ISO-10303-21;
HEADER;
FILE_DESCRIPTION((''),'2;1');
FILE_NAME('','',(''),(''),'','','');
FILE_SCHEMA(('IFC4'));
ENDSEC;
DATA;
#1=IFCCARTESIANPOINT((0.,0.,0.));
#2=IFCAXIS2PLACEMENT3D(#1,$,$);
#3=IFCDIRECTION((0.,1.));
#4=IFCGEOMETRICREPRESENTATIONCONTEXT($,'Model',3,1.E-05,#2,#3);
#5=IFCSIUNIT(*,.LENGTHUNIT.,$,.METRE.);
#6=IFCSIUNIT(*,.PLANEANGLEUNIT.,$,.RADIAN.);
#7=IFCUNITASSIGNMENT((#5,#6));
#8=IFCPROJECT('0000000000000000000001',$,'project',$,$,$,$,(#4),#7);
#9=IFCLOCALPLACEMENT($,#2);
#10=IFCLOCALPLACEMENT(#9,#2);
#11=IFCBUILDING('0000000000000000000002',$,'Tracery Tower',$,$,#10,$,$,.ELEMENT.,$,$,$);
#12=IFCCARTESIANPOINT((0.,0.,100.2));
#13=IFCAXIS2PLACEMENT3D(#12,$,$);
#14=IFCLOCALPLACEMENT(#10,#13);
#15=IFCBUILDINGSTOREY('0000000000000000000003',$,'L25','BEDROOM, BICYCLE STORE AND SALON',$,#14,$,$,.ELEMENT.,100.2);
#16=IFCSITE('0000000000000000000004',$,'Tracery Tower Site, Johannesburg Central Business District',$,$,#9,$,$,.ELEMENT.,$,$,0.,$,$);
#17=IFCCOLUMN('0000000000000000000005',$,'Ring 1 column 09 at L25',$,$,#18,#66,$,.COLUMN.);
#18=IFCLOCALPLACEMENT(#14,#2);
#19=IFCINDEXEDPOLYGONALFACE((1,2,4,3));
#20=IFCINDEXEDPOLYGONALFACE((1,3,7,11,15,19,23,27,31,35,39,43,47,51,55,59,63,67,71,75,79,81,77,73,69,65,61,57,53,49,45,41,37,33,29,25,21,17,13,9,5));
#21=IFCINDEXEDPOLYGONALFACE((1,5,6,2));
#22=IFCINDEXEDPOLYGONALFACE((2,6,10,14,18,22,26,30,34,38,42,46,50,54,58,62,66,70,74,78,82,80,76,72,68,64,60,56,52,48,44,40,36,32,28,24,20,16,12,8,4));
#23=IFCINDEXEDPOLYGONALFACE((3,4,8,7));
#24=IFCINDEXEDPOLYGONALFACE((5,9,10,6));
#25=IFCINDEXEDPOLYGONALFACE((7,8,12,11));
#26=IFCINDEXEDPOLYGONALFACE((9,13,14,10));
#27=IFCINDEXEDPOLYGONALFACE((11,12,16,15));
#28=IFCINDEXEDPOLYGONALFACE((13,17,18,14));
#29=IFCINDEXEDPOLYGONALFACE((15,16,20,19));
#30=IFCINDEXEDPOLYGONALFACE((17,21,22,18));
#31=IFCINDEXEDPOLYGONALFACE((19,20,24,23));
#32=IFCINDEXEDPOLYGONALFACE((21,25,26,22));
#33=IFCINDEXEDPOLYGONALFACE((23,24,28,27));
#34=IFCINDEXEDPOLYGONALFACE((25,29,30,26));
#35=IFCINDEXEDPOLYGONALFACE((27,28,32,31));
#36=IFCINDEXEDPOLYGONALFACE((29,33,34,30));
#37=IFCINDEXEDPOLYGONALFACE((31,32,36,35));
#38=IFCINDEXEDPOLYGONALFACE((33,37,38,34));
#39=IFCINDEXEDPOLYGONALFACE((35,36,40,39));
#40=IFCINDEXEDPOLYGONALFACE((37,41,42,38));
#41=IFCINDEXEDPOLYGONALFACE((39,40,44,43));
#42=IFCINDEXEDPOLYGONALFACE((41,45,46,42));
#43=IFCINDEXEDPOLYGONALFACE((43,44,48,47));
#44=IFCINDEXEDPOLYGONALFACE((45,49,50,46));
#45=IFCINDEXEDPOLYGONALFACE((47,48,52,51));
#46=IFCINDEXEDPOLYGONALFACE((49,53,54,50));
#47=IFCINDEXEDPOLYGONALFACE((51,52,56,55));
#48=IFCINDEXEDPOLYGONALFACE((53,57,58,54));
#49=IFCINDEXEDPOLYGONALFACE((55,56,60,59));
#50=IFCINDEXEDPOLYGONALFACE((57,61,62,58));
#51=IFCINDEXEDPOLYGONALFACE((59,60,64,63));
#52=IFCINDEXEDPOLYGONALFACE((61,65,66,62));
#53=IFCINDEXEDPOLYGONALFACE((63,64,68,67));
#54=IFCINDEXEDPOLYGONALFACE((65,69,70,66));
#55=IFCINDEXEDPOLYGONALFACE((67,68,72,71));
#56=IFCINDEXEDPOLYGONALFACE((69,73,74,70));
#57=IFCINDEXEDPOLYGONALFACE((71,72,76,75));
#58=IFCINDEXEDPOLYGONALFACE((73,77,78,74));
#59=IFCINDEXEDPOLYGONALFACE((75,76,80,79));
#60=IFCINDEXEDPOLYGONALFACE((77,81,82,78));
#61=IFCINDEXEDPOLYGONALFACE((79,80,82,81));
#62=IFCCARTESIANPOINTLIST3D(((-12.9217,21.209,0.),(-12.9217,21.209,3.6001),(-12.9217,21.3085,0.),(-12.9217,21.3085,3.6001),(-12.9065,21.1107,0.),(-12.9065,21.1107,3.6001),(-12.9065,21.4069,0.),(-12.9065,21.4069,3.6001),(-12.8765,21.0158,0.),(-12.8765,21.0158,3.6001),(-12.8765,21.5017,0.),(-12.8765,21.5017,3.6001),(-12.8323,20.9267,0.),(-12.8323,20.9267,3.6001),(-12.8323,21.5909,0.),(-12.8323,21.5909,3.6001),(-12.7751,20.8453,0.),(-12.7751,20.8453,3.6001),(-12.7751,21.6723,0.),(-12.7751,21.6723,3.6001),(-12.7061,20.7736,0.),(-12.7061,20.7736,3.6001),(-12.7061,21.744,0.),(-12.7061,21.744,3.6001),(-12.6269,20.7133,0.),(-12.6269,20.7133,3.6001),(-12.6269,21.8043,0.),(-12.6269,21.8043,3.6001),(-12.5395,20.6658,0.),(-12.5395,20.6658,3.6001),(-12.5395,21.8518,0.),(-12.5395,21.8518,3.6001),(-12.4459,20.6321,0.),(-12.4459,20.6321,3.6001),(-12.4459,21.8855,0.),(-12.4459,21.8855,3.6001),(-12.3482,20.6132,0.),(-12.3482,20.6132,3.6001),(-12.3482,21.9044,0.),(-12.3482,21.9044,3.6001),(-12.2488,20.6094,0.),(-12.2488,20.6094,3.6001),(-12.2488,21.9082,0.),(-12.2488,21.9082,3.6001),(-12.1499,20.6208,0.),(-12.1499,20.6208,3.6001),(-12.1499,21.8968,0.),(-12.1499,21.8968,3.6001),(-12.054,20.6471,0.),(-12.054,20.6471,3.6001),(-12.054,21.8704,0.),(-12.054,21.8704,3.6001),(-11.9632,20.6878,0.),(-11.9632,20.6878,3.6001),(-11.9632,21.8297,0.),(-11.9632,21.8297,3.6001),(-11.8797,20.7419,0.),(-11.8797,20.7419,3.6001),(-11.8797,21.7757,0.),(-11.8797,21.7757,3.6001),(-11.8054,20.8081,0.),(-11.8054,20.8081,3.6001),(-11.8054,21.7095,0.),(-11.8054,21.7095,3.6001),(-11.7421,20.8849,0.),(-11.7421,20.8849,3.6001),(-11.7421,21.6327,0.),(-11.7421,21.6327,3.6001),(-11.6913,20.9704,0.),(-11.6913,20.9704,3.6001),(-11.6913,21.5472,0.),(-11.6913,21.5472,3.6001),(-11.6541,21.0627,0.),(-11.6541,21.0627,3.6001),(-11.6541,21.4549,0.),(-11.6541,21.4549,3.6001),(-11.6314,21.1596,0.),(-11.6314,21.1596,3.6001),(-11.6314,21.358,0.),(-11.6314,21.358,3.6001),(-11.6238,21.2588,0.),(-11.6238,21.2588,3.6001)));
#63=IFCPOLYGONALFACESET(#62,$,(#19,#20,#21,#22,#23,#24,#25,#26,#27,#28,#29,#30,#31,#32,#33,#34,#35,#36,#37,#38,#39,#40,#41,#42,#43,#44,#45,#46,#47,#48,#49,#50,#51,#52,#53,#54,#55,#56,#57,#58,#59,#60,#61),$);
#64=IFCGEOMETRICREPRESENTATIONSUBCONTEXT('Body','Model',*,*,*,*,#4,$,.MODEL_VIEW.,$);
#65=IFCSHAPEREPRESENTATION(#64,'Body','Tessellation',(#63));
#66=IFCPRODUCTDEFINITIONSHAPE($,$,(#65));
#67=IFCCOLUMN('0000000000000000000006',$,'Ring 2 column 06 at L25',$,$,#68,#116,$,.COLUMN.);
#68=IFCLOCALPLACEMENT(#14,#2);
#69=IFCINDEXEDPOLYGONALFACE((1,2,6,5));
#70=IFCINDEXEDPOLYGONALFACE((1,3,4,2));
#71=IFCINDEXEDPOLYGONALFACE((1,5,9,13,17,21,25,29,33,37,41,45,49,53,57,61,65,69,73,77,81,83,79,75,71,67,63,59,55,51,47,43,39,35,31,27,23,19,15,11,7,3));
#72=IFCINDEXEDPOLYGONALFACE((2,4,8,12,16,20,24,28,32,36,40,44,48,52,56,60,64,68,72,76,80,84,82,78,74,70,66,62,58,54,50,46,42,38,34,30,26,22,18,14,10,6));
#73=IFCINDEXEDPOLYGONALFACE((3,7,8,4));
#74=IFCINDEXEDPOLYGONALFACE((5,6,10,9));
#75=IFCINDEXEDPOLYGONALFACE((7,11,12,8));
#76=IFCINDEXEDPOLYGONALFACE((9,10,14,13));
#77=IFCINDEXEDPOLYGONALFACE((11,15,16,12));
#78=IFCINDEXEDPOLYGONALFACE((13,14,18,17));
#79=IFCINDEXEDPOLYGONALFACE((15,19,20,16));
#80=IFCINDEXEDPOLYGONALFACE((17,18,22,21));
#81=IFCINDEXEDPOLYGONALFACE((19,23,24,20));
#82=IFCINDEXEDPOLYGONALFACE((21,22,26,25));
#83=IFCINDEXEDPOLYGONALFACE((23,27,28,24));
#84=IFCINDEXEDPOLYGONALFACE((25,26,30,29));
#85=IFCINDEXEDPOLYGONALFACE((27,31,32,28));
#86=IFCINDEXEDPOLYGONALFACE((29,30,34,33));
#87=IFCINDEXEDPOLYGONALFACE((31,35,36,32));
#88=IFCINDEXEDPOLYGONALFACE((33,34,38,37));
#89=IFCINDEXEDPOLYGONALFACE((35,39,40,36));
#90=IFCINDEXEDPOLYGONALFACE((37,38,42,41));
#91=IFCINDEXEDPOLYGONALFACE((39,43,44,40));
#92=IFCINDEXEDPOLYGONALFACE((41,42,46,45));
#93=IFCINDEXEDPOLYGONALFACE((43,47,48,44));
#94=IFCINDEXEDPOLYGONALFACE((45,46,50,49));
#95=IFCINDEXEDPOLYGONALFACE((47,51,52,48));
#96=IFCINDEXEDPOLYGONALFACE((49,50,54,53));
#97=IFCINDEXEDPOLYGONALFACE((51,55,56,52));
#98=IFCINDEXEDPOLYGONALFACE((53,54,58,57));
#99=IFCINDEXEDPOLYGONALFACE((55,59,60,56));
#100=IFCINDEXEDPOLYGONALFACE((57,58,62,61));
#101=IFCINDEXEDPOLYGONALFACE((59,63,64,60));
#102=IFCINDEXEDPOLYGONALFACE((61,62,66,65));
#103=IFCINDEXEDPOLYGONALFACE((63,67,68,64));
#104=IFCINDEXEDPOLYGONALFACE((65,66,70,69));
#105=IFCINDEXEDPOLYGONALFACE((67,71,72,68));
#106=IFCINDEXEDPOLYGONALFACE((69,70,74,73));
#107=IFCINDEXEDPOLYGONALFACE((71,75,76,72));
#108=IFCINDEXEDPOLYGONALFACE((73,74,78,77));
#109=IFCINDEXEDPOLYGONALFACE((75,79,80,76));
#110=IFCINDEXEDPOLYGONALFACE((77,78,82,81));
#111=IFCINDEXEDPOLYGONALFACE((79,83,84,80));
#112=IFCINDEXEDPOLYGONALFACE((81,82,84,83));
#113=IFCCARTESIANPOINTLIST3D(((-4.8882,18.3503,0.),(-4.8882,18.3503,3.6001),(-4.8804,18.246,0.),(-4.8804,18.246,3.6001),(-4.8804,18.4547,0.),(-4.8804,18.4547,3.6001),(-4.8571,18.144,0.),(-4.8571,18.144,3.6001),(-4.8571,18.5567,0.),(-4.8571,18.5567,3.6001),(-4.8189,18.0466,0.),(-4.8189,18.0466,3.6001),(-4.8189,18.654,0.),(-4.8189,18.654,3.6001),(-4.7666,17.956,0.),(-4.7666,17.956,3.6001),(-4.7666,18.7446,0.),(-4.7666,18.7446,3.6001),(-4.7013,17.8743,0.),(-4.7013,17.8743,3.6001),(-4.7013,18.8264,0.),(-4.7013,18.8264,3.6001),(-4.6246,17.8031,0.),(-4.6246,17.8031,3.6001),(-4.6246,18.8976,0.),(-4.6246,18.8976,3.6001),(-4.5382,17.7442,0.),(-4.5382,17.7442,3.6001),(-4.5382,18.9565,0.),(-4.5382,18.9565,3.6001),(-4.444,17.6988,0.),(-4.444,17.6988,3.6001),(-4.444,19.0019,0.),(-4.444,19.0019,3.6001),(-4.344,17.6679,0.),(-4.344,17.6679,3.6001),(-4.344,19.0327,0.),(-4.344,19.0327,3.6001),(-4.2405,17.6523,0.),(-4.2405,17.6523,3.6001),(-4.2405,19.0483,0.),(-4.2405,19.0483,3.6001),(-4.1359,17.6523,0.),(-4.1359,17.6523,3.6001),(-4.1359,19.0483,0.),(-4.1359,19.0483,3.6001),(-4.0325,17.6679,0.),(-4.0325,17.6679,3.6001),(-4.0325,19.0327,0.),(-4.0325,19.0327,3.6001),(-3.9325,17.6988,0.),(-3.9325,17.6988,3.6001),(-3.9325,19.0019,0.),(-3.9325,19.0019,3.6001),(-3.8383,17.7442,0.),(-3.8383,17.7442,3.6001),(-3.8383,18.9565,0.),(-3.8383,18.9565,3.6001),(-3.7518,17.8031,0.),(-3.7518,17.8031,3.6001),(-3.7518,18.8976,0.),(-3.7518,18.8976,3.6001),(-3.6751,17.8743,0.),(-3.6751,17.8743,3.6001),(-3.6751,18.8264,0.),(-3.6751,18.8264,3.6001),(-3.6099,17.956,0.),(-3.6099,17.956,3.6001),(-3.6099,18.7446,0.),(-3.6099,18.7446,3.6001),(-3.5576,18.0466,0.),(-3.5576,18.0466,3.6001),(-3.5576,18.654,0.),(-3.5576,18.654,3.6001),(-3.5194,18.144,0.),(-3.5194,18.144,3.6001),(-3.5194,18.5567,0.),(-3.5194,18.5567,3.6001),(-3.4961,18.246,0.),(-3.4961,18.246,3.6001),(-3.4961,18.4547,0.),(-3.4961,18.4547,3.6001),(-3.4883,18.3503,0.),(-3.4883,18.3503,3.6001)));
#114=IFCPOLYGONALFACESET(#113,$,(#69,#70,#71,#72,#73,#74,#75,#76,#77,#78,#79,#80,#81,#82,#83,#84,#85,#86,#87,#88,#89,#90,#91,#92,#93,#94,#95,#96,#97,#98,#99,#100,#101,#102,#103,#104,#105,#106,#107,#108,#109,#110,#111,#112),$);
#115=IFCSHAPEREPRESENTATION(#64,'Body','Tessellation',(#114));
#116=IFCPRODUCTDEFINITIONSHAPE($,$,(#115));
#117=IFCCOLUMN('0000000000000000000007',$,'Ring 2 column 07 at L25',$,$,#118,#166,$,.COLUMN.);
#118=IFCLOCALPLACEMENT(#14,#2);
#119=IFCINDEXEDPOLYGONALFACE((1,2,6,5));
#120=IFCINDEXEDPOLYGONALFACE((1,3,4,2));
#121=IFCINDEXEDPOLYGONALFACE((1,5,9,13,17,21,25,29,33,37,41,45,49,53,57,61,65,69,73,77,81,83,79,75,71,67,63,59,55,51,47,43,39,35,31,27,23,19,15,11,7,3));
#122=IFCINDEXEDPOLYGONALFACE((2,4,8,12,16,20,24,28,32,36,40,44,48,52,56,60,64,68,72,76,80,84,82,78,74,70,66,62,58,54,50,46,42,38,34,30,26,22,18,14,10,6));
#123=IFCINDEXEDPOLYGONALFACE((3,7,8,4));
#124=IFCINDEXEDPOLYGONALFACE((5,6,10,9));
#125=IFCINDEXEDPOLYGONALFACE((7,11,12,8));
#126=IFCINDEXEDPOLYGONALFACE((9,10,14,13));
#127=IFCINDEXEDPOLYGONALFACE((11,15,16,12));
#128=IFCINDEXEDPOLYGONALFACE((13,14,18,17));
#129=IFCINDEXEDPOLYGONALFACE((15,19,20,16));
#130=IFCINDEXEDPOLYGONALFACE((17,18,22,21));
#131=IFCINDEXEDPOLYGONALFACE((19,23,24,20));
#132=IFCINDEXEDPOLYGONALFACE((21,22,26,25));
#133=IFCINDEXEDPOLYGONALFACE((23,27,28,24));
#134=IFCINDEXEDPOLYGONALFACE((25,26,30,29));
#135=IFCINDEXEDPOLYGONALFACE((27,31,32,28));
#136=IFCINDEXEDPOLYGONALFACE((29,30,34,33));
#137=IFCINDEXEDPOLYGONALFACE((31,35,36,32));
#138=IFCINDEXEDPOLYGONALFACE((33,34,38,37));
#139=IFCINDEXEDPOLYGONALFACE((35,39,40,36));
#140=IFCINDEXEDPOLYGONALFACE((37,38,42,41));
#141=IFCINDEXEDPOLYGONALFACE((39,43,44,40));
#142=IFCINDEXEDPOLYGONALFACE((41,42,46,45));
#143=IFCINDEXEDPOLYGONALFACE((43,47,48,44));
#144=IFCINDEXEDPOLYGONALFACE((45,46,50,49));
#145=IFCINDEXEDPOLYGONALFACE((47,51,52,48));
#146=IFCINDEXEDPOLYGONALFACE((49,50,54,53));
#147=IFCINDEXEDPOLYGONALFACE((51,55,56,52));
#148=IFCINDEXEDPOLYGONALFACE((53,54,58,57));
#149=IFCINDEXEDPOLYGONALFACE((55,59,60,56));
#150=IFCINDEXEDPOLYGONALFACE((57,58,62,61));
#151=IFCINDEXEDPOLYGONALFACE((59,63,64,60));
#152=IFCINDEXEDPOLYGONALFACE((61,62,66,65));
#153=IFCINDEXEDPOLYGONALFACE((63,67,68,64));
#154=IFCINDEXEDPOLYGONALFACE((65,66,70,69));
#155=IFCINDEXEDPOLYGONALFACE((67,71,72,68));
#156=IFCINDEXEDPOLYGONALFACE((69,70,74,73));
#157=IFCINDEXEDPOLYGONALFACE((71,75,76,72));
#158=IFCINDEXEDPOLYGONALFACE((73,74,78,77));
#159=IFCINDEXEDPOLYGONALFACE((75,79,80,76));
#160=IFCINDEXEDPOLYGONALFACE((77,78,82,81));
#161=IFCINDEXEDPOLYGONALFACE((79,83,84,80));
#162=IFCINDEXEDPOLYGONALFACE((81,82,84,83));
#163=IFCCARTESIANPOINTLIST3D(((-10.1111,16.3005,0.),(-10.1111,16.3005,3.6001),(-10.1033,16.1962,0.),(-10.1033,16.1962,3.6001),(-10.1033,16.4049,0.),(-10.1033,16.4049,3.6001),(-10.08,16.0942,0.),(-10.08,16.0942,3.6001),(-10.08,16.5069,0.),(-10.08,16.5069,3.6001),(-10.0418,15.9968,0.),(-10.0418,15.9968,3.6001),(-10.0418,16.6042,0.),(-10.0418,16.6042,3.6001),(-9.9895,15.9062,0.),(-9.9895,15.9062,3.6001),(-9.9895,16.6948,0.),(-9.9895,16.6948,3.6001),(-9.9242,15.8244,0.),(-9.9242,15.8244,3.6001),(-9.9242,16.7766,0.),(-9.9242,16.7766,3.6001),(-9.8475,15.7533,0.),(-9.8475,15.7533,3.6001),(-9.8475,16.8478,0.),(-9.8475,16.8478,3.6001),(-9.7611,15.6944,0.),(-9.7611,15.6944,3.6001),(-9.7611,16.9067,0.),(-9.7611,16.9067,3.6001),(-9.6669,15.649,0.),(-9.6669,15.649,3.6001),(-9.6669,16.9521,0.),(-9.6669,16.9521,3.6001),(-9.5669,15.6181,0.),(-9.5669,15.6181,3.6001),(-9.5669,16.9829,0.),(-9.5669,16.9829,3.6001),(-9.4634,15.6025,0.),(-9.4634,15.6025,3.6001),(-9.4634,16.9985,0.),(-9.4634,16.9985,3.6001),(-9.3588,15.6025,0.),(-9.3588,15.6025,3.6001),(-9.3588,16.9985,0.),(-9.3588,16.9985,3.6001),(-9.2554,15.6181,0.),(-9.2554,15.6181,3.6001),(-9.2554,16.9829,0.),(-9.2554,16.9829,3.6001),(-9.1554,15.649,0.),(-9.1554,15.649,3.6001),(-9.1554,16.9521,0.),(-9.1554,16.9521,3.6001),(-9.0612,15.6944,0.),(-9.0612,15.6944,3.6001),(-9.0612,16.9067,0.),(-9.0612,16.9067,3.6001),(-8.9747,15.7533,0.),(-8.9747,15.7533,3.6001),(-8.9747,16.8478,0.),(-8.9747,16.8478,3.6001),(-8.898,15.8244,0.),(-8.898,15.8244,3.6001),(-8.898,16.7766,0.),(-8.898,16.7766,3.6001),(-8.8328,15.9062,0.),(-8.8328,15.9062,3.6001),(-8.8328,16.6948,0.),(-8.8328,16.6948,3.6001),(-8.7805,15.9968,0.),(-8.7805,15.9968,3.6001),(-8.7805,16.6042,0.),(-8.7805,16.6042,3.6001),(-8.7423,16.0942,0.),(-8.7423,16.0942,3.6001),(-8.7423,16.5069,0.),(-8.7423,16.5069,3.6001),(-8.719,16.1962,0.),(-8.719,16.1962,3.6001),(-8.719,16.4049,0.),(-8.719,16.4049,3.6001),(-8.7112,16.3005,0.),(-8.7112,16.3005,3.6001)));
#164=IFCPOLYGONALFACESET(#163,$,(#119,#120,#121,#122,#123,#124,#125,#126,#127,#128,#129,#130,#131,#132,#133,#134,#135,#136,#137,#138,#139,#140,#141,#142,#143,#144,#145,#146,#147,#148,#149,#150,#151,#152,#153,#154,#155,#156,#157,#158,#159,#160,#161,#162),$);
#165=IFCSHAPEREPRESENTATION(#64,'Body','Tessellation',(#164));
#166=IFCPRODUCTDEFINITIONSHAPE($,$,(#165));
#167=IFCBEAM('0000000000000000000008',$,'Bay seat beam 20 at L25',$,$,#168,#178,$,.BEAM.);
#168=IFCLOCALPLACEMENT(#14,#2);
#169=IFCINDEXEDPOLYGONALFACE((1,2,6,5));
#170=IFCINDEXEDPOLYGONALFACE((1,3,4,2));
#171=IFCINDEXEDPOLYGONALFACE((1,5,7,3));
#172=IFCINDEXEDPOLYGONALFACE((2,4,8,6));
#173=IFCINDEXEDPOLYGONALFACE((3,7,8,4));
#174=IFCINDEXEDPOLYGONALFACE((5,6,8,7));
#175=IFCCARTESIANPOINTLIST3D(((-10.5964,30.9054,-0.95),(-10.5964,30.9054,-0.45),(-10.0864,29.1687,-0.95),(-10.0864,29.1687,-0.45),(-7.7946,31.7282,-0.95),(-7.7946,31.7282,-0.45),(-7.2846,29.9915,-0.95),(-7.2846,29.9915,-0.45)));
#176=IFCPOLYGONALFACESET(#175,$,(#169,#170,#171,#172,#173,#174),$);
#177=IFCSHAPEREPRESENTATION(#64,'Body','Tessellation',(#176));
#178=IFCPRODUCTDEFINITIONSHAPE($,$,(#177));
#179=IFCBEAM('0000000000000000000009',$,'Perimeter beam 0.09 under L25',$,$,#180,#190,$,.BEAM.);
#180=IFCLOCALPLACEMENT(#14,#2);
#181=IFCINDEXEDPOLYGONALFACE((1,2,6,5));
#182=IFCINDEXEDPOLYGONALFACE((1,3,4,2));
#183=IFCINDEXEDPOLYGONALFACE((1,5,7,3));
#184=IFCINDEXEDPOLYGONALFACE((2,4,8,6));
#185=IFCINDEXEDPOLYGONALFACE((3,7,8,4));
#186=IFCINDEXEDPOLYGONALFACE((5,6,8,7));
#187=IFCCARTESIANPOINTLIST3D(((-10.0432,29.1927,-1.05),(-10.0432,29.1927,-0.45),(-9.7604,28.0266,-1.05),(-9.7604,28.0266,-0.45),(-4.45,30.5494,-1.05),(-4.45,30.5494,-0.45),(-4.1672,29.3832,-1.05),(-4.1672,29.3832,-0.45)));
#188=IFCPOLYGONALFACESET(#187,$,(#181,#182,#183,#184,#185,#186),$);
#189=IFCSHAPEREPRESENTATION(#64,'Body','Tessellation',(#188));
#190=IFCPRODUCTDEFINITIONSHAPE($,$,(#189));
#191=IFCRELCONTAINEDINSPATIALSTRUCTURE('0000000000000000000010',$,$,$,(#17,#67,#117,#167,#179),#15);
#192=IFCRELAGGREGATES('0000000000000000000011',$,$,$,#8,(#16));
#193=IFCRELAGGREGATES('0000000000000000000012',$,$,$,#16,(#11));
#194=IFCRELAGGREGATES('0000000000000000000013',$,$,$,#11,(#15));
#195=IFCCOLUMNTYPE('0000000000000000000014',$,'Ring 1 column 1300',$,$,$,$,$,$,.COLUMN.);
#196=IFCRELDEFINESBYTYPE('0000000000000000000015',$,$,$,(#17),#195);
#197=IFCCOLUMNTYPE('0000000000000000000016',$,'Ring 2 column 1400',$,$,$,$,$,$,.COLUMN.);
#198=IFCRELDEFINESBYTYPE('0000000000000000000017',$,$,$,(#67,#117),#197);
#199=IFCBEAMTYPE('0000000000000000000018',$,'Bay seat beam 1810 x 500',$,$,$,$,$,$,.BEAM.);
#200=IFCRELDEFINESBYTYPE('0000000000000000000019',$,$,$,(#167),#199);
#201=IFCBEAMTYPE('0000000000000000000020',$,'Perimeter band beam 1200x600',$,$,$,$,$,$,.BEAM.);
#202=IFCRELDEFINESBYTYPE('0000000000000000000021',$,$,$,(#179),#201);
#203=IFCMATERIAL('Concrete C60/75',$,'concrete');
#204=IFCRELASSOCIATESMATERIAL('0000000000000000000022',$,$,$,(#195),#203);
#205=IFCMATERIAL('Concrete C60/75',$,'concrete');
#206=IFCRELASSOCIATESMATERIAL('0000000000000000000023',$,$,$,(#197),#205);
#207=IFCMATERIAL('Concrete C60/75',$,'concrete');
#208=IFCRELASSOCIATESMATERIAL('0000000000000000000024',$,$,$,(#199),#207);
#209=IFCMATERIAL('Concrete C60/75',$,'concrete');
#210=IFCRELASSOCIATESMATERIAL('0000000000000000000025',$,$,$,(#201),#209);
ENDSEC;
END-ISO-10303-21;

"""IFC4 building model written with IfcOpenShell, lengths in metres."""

from ifc_helpers import new_model, si_unit, direction, frame, origin, origin_2d, place, context, subcontext, project, spatial, rectangle, circle, extrude, material, material_profile, profile_set, type_object, element, save


model = new_model("IFC4")

# Units and contexts
model_context = context("Model", 3, precision=1e-05, world=origin(), true_north=direction((0.0, 1.0)))
body_context = subcontext(model_context, "Body", "Model", "MODEL_VIEW")
ifc_project = project(units=[si_unit("LENGTHUNIT", "METRE"), si_unit("PLANEANGLEUNIT", "RADIAN")], contexts=[model_context])

# Site, building, storey
site_placement = place(None, origin())
site = spatial("IfcSite", under=ifc_project, at=site_placement, Name="Tracery Tower Site, Johannesburg Central Business District", CompositionType="ELEMENT", RefElevation=0.0)
building_placement = place(site_placement, origin())
building = spatial("IfcBuilding", under=site, at=building_placement, Name="Tracery Tower", CompositionType="ELEMENT")
storey_placement = place(building_placement, frame((0.0, 0.0, 100.2)))
storey = spatial("IfcBuildingStorey", under=building, at=storey_placement, Name="L25", Description="BEDROOM, BICYCLE STORE AND SALON", CompositionType="ELEMENT", Elevation=100.2)

# Columns
ifc_material_1 = material(Name="Concrete C60/75", Category="concrete")
ifc_material_profile_1 = material_profile(ifc_material_1, circle(Radius=0.6499, at=origin_2d()), Name="RC D1300")
ifc_profile_set_1 = profile_set([ifc_material_profile_1], Name="Concrete C60/75")
column_type_1 = type_object("IfcColumnType", Name="Ring 1 column 1300", PredefinedType="COLUMN", material=ifc_profile_set_1)
for number, where, z_axis, x_axis, name in (
    (1, (-12.2737, 21.2588, 0.0), (0.0, 0.0, 1.0), (1.0, 0.0, 0.0), "Ring 1 column 09 at L25"),
):
    element("IfcColumn", number, at=place(storey_placement, frame(where, z_axis=z_axis, x_axis=x_axis)), inside=storey, type_object=column_type_1, Name=name, PredefinedType="COLUMN", context=body_context, shape_type="SweptSolid", body=[
        extrude(circle(Radius=0.6499, at=origin_2d()), origin(), (0.0, 0.0, 1.0), 3.6001),
    ])
ifc_material_2 = material(Name="Concrete C60/75", Category="concrete")
ifc_material_profile_2 = material_profile(ifc_material_2, circle(Radius=0.7, at=origin_2d()), Name="RC D1400")
ifc_profile_set_2 = profile_set([ifc_material_profile_2], Name="Concrete C60/75")
column_type_2 = type_object("IfcColumnType", Name="Ring 2 column 1400", PredefinedType="COLUMN", material=ifc_profile_set_2)
for number, where, z_axis, x_axis, name in (
    (2, (-4.1882, 18.3503, 0.0), (0.0, 0.0, 1.0), (1.0, 0.0, 0.0), "Ring 2 column 06 at L25"),
    (3, (-9.4111, 16.3005, 0.0), (0.0, 0.0, 1.0), (1.0, 0.0, 0.0), "Ring 2 column 07 at L25"),
):
    element("IfcColumn", number, at=place(storey_placement, frame(where, z_axis=z_axis, x_axis=x_axis)), inside=storey, type_object=column_type_2, Name=name, PredefinedType="COLUMN", context=body_context, shape_type="SweptSolid", body=[
        extrude(circle(Radius=0.7, at=origin_2d()), origin(), (0.0, 0.0, 1.0), 3.6001),
    ])

# Beams
ifc_material_3 = material(Name="Concrete C60/75", Category="concrete")
ifc_material_profile_3 = material_profile(ifc_material_3, rectangle(XDim=1.8101, YDim=0.5, at=origin_2d()), Name="RC 1810x500")
ifc_profile_set_3 = profile_set([ifc_material_profile_3], Name="Concrete C60/75")
beam_type_1 = type_object("IfcBeamType", Name="Bay seat beam 1810 x 500", PredefinedType="BEAM", material=ifc_profile_set_3)
beam_1_placement = place(storey_placement, frame((-7.5396, 30.8599, -0.7), z_axis=(-0.959485, -0.281759, 0.0), x_axis=(0.281759, -0.959485, 0.0)))
element("IfcBeam", 4, at=beam_1_placement, inside=storey, type_object=beam_type_1, Name="Bay seat beam 20 at L25", PredefinedType="BEAM", context=body_context, shape_type="SweptSolid", body=[
    extrude(rectangle(XDim=1.8101, YDim=0.5, at=origin_2d()), origin(), (0.0, 0.0, 1.0), 2.9202),
])
ifc_material_4 = material(Name="Concrete C60/75", Category="concrete")
ifc_material_profile_4 = material_profile(ifc_material_4, rectangle(XDim=1.2, YDim=0.6001, at=origin_2d()), Name="RC 1200x600")
ifc_profile_set_4 = profile_set([ifc_material_profile_4], Name="Concrete C60/75")
beam_type_2 = type_object("IfcBeamType", Name="Perimeter band beam 1200x600", PredefinedType="BEAM", material=ifc_profile_set_4)
beam_2_placement = place(storey_placement, frame((-4.3086, 29.9663, -0.75), z_axis=(-0.97182, -0.235723, 0.0), x_axis=(0.235723, -0.97182, 0.0)))
element("IfcBeam", 5, at=beam_2_placement, inside=storey, type_object=beam_type_2, Name="Perimeter beam 0.09 under L25", PredefinedType="BEAM", context=body_context, shape_type="SweptSolid", body=[
    extrude(rectangle(XDim=1.2, YDim=0.6001, at=origin_2d()), origin(), (0.0, 0.0, 1.0), 5.7554),
])

save(model, "model.ifc")
